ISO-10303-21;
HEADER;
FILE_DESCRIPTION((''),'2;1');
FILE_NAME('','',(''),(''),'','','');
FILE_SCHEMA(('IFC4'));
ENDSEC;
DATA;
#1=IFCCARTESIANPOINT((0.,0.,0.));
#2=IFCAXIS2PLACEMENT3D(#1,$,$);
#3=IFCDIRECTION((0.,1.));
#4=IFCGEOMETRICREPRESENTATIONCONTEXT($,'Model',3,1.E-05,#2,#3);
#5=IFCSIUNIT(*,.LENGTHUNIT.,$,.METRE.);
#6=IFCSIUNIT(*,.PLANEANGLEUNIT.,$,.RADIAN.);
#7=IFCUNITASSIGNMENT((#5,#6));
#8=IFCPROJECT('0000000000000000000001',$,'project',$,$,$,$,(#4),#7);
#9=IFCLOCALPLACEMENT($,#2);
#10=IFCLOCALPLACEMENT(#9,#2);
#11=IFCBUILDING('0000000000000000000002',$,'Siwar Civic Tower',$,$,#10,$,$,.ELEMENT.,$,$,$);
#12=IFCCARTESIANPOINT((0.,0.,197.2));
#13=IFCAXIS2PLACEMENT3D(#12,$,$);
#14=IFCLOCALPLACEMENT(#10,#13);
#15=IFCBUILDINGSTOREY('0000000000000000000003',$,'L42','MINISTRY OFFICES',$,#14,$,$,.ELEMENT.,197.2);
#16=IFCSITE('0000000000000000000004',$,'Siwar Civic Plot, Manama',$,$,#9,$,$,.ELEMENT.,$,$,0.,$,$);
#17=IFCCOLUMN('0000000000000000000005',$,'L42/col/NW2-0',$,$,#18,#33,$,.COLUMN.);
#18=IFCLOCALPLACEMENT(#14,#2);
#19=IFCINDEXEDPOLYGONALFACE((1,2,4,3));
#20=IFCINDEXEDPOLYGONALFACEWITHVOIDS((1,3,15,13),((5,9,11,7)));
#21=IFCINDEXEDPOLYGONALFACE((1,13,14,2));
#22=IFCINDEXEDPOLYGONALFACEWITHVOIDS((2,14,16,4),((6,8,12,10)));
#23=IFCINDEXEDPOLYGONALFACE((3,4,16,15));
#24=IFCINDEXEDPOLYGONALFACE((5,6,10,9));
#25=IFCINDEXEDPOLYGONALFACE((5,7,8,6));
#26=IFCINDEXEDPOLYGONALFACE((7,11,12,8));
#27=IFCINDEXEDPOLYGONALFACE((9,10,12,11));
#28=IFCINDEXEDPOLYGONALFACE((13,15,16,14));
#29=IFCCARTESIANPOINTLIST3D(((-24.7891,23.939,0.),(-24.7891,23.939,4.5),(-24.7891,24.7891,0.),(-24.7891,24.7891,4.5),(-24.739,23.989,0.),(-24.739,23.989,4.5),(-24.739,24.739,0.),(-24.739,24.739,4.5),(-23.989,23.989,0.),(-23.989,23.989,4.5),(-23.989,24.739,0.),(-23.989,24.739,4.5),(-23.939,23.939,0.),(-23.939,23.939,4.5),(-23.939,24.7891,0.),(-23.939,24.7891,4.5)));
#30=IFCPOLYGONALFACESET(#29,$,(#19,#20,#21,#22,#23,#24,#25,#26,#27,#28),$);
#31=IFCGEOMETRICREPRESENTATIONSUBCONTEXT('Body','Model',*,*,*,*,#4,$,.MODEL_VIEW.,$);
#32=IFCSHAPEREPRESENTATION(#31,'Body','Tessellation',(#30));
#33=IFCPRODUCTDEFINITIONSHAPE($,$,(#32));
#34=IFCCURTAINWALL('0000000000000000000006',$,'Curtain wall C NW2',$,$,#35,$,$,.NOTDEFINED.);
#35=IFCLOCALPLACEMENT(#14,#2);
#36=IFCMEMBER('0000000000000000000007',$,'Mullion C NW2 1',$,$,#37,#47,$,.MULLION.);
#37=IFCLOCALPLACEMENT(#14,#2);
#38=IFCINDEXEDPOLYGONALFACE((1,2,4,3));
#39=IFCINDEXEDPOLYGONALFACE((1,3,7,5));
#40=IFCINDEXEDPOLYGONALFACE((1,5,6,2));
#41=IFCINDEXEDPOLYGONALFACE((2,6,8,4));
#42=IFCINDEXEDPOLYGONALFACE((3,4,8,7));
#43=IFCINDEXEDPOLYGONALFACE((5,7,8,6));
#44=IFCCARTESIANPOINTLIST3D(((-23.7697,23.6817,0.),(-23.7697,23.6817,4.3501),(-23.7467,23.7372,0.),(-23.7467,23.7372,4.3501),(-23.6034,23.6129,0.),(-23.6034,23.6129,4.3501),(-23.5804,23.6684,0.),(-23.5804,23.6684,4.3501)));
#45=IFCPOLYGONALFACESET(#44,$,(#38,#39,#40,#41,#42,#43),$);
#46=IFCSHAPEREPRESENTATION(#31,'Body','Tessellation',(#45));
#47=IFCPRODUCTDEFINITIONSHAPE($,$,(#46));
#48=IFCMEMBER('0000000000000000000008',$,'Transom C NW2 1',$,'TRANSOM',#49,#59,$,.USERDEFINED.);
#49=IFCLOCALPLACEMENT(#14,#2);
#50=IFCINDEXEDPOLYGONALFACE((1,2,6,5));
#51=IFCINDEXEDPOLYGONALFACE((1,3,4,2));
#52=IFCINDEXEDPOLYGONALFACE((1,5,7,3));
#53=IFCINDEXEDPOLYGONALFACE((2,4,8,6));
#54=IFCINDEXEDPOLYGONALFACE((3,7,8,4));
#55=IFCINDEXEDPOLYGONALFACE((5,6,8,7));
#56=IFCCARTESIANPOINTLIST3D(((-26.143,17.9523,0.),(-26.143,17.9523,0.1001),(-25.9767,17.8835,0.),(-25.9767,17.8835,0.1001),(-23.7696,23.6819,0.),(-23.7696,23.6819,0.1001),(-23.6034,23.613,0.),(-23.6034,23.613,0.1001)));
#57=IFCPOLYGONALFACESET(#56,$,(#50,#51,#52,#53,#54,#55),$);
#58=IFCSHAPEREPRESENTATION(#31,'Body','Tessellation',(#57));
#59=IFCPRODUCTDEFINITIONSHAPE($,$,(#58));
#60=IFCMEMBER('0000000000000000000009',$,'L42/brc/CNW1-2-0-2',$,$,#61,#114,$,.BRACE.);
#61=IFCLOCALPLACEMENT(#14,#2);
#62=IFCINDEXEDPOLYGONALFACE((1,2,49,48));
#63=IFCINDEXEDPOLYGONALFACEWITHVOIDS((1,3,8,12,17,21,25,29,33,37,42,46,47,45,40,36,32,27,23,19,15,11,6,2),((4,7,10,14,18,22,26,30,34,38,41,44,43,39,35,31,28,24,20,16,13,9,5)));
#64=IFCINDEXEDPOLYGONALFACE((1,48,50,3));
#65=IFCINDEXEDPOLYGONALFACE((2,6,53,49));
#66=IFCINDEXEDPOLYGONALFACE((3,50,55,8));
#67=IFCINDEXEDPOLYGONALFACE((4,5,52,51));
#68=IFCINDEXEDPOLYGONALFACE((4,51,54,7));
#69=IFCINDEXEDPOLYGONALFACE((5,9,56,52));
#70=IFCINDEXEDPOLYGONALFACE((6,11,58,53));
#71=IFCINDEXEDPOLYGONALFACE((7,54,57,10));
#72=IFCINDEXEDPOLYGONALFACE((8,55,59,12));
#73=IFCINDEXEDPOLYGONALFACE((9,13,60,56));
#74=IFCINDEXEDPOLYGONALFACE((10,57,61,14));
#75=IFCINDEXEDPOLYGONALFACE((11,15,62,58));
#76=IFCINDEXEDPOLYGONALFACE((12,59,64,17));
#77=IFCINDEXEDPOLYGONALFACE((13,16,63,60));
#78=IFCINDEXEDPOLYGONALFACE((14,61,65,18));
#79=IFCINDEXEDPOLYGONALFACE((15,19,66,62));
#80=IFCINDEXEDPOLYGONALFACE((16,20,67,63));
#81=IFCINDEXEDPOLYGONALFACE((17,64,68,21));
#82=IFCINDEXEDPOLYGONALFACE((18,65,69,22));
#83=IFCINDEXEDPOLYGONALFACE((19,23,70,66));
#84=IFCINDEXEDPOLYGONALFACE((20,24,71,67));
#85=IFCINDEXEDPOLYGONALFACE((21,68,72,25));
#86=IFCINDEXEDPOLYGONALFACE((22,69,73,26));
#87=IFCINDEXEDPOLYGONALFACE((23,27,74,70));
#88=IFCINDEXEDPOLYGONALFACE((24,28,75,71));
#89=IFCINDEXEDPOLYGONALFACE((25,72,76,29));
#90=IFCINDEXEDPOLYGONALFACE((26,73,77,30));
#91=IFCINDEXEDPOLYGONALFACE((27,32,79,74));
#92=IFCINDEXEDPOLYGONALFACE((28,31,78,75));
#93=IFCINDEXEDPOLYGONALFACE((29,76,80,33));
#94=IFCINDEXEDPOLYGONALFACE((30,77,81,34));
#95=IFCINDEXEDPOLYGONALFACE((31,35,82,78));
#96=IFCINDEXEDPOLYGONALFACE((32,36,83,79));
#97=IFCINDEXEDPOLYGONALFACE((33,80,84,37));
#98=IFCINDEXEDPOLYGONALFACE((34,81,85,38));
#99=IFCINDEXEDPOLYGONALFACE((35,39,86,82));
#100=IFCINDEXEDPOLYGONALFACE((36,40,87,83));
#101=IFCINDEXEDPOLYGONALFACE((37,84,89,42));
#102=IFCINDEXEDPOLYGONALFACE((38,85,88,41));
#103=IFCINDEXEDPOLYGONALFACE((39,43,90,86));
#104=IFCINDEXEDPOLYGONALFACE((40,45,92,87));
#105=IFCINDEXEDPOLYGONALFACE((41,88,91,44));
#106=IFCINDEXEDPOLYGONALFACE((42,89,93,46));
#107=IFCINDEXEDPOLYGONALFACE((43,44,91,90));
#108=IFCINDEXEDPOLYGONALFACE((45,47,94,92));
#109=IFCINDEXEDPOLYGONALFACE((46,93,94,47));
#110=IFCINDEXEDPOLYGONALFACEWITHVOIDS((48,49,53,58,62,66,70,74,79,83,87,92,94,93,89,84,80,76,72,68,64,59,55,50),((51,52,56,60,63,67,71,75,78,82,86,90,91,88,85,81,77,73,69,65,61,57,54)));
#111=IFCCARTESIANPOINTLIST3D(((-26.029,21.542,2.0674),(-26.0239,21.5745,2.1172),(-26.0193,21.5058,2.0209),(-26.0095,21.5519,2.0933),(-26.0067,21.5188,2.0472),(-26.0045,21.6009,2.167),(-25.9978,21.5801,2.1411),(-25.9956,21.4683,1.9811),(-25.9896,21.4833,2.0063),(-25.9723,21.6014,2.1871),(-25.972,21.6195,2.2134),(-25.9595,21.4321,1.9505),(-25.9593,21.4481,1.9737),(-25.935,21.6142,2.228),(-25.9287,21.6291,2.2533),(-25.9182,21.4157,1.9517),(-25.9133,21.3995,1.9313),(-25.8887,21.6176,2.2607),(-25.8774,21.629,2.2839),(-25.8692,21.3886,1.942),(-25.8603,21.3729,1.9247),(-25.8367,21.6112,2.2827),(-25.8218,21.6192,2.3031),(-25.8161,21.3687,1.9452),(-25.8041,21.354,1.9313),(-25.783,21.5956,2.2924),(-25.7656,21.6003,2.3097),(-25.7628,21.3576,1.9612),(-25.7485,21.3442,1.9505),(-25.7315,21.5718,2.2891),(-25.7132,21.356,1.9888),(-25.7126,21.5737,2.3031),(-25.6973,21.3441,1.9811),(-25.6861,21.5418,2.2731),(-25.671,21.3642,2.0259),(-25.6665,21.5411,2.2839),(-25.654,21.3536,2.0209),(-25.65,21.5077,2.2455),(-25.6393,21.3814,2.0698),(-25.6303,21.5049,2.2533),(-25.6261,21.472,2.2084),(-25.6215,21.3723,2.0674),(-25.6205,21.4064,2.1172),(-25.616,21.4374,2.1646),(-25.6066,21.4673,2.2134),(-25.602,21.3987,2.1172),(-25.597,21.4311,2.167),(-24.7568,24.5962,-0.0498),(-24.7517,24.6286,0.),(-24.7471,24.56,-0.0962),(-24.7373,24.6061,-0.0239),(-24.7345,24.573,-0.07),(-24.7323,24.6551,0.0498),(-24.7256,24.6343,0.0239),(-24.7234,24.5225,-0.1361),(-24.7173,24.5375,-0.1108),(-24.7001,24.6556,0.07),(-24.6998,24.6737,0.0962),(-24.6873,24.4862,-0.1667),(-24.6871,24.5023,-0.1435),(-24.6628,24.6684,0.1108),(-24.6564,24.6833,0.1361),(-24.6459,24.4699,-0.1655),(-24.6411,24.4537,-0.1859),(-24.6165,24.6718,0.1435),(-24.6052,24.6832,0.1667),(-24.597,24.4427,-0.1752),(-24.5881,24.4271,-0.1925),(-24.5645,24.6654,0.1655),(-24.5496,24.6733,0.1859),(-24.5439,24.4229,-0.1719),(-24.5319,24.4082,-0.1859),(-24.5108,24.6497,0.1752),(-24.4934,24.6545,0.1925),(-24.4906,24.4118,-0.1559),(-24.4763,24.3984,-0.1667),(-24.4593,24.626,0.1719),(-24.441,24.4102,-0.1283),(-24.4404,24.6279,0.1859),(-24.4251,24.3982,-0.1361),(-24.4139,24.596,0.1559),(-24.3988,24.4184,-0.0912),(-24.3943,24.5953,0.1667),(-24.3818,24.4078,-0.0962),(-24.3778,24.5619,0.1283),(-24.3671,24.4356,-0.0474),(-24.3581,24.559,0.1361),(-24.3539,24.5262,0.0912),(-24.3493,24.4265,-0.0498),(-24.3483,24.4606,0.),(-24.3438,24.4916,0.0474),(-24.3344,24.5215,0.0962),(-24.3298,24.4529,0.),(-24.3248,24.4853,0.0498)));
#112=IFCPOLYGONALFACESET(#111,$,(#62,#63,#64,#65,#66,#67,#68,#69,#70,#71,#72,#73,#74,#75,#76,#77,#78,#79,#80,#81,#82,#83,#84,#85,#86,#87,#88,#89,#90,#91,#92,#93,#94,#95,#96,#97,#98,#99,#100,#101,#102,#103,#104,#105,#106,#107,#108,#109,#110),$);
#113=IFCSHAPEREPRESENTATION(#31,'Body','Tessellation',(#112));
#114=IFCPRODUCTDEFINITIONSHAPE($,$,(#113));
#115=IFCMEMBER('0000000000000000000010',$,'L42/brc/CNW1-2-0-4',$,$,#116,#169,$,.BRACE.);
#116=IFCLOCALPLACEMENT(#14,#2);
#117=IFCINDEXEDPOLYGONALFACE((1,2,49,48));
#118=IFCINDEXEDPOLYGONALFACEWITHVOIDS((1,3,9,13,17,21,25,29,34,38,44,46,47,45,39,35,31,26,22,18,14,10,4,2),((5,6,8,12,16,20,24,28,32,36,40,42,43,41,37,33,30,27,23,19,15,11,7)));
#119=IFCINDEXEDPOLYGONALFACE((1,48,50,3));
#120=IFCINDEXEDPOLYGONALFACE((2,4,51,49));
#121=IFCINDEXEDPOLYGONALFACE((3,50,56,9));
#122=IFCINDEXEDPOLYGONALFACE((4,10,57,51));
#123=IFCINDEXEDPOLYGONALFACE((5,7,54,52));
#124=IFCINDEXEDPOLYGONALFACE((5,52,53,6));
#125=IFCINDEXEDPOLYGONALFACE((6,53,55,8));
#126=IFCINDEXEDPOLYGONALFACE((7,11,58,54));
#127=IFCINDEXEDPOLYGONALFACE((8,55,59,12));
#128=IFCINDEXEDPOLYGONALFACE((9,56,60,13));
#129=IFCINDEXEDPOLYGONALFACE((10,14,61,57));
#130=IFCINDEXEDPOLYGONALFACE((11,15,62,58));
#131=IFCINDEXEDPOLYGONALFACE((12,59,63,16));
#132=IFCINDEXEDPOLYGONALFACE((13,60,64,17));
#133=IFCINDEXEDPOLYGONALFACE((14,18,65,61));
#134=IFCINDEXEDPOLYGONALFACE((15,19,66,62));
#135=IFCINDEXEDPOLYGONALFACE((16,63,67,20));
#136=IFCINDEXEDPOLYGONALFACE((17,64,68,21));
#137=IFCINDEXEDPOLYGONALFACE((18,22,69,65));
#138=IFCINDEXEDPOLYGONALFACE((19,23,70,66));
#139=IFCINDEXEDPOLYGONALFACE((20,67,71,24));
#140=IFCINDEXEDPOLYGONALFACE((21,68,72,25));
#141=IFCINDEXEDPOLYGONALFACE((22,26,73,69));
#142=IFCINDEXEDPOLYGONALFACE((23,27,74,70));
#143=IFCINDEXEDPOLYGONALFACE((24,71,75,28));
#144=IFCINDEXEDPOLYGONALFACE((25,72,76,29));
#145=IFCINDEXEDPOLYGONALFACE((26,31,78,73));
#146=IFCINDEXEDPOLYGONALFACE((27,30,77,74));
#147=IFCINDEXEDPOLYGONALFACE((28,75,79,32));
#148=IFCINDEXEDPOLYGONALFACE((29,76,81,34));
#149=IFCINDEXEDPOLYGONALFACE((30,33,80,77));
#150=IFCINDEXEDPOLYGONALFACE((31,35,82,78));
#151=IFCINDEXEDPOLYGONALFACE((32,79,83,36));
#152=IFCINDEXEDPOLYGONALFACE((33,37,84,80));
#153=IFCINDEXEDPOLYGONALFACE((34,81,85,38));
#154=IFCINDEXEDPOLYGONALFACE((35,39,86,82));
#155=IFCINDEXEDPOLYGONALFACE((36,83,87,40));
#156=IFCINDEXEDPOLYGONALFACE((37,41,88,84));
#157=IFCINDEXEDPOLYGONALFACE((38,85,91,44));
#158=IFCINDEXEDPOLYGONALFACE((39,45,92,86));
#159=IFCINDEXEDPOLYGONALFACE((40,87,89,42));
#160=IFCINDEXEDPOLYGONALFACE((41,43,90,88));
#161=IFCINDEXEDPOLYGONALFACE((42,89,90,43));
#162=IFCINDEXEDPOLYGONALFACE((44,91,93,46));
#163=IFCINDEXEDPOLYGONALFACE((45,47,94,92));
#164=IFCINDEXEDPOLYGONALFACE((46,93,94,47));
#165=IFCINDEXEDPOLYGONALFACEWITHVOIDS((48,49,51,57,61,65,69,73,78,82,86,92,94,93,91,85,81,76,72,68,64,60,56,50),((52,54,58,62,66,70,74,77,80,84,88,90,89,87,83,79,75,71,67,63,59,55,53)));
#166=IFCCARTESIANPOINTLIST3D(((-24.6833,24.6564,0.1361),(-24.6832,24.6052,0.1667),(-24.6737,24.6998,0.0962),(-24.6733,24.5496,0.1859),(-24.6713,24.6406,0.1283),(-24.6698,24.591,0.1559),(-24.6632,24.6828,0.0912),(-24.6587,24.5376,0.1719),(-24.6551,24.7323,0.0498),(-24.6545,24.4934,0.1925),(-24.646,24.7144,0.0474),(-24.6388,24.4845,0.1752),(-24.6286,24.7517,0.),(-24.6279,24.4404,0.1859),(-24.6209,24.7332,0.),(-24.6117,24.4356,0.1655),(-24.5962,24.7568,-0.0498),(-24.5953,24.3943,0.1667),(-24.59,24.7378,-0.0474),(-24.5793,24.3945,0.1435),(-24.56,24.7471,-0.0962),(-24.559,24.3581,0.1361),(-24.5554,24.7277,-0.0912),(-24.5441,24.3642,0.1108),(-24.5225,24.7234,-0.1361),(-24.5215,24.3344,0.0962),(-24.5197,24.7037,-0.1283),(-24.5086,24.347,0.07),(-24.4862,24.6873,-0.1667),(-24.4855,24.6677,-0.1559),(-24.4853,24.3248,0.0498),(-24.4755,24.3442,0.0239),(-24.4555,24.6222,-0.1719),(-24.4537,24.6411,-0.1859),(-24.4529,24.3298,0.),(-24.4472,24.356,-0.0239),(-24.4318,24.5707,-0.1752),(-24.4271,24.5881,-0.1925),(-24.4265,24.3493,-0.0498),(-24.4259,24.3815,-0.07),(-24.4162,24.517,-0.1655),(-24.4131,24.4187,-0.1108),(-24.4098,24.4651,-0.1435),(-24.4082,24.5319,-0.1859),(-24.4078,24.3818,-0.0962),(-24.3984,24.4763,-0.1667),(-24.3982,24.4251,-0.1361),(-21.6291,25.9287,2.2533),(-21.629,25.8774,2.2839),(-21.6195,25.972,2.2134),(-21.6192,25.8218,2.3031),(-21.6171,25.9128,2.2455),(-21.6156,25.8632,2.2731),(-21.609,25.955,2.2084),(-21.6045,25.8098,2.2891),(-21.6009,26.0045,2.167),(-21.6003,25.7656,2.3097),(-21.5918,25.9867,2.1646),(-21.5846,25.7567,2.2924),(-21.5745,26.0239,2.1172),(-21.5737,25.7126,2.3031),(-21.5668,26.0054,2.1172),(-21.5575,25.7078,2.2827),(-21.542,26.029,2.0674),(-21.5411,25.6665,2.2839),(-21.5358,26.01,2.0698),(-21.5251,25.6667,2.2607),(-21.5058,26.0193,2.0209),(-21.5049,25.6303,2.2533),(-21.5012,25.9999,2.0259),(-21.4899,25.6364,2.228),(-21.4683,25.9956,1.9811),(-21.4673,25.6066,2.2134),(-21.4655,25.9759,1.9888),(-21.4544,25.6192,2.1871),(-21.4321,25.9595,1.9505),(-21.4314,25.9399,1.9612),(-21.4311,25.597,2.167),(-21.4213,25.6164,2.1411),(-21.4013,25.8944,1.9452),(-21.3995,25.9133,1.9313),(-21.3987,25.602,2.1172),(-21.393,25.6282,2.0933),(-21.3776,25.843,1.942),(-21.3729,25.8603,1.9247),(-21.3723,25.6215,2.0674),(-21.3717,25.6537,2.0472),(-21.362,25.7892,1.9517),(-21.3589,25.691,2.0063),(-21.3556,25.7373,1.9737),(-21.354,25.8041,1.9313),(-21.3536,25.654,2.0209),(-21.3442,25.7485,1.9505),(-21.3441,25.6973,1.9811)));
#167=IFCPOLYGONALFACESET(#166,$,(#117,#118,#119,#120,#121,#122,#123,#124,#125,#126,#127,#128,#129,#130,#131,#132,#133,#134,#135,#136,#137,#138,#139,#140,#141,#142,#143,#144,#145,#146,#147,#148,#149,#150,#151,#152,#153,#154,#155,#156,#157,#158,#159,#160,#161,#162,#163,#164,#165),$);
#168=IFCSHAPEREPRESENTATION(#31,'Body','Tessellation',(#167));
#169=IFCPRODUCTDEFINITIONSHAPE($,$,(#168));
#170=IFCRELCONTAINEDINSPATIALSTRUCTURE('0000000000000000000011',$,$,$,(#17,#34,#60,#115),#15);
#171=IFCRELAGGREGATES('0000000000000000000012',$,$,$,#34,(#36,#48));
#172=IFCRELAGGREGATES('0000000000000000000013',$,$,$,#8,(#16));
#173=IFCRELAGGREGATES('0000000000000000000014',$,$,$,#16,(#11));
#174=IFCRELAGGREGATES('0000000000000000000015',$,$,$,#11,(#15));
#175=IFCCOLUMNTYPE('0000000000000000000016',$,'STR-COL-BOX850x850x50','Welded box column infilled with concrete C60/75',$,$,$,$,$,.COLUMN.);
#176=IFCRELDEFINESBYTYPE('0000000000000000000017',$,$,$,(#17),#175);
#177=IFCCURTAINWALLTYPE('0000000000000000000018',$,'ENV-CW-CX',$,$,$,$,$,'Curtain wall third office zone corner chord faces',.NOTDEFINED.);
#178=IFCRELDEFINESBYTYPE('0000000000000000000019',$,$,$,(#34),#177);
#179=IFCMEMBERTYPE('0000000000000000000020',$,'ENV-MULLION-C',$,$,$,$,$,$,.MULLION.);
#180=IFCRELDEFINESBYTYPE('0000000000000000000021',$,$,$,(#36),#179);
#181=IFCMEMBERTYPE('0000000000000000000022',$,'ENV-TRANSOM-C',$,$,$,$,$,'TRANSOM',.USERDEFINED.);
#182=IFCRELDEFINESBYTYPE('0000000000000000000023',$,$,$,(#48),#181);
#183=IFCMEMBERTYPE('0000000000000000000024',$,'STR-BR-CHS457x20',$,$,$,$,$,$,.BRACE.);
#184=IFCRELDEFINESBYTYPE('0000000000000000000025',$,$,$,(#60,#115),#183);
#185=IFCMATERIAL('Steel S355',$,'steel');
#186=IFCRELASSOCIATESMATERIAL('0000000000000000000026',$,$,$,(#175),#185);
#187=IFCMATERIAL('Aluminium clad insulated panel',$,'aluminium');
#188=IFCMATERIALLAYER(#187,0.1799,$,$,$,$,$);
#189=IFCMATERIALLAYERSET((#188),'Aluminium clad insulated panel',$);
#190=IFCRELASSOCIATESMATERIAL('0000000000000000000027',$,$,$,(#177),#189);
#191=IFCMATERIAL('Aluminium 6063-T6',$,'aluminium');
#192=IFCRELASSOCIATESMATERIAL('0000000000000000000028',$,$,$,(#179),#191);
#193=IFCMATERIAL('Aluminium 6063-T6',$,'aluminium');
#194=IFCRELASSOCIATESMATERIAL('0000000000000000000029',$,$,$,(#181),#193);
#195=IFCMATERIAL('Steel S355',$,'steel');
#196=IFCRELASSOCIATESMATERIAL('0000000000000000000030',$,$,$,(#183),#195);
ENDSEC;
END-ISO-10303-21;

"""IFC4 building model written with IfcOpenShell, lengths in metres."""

from ifc_helpers import new_model, si_unit, direction, frame, origin, origin_2d, place, context, subcontext, project, spatial, rectangle, hollow_rectangle, hollow_circle, extrude, material, layer, layer_set, material_profile, profile_set, type_object, element, aggregate, save


model = new_model("IFC4")

# Units and contexts
model_context = context("Model", 3, precision=1e-05, world=origin(), true_north=direction((0.0, 1.0)))
body_context = subcontext(model_context, "Body", "Model", "MODEL_VIEW")
ifc_project = project(units=[si_unit("LENGTHUNIT", "METRE"), si_unit("PLANEANGLEUNIT", "RADIAN")], contexts=[model_context])

# Site, building, storey
site_placement = place(None, origin())
site = spatial("IfcSite", under=ifc_project, at=site_placement, Name="Siwar Civic Plot, Manama", CompositionType="ELEMENT", RefElevation=0.0)
building_placement = place(site_placement, origin())
building = spatial("IfcBuilding", under=site, at=building_placement, Name="Siwar Civic Tower", CompositionType="ELEMENT")
storey_placement = place(building_placement, frame((0.0, 0.0, 197.2)))
storey = spatial("IfcBuildingStorey", under=building, at=storey_placement, Name="L42", Description="MINISTRY OFFICES", CompositionType="ELEMENT", Elevation=197.2)

# Column
ifc_material_1 = material(Name="Steel S355", Category="steel")
ifc_material_profile_1 = material_profile(ifc_material_1, hollow_rectangle(XDim=0.8501, YDim=0.8501, WallThickness=0.05, at=origin_2d()), Name="BOX850x850x50")
ifc_profile_set_1 = profile_set([ifc_material_profile_1], Name="Steel S355")
column_type = type_object("IfcColumnType", Name="STR-COL-BOX850x850x50", Description="Welded box column infilled with concrete C60/75", PredefinedType="COLUMN", material=ifc_profile_set_1)
column_placement = place(storey_placement, frame((-24.364, 24.364, 0.0), z_axis=(0.0, 0.0, 1.0), x_axis=(1.0, 0.0, 0.0)))
element("IfcColumn", 1, at=column_placement, inside=storey, type_object=column_type, Name="L42/col/NW2-0", PredefinedType="COLUMN", context=body_context, shape_type="SweptSolid", body=[
    extrude(hollow_rectangle(XDim=0.8501, YDim=0.8501, WallThickness=0.05, at=origin_2d()), origin(), (0.0, 0.0, 1.0), 4.5),
])

# Curtain wall, members
ifc_material_2 = material(Name="Aluminium clad insulated panel", Category="aluminium")
ifc_layer_1 = layer(ifc_material_2, 0.1799)
ifc_layer_set_1 = layer_set([ifc_layer_1], Name="Aluminium clad insulated panel")
curtain_wall_type = type_object("IfcCurtainWallType", Name="ENV-CW-CX", ElementType="Curtain wall third office zone corner chord faces", PredefinedType="NOTDEFINED", material=ifc_layer_set_1)
curtain_wall_1_placement = place(storey_placement, origin())
curtain_wall_1 = element("IfcCurtainWall", 2, at=curtain_wall_1_placement, inside=storey, type_object=curtain_wall_type, Name="Curtain wall C NW2", PredefinedType="NOTDEFINED")
ifc_material_3 = material(Name="Aluminium 6063-T6", Category="aluminium")
ifc_material_profile_2 = material_profile(ifc_material_3, rectangle(XDim=0.1799, YDim=0.0601, at=origin_2d()), Name="AL 180x60")
ifc_profile_set_2 = profile_set([ifc_material_profile_2], Name="Aluminium 6063-T6")
member_type_1 = type_object("IfcMemberType", Name="ENV-MULLION-C", PredefinedType="MULLION", material=ifc_profile_set_2)
member_1_placement = place(storey_placement, frame((-23.675, 23.675, 0.0), z_axis=(0.0, 0.0, 1.0), x_axis=(0.92388, -0.382683, 0.0)))
member_1 = element("IfcMember", 3, at=member_1_placement, type_object=member_type_1, Name="Mullion C NW2 1", PredefinedType="MULLION", context=body_context, shape_type="SweptSolid", body=[
    extrude(rectangle(XDim=0.1799, YDim=0.0601, at=origin_2d()), origin(), (0.0, 0.0, 1.0), 4.3501),
])
ifc_material_4 = material(Name="Aluminium 6063-T6", Category="aluminium")
ifc_material_profile_3 = material_profile(ifc_material_4, rectangle(XDim=0.1799, YDim=0.1001, at=origin_2d()), Name="AL 180x100")
ifc_profile_set_3 = profile_set([ifc_material_profile_3], Name="Aluminium 6063-T6")
member_type_2 = type_object("IfcMemberType", Name="ENV-TRANSOM-C", ElementType="TRANSOM", PredefinedType="USERDEFINED", material=ifc_profile_set_3)
member_2_placement = place(storey_placement, frame((-23.6865, 23.6475, 0.05), z_axis=(-0.382691, -0.923876, 0.0), x_axis=(0.923876, -0.382691, 0.0)))
member_2 = element("IfcMember", 4, at=member_2_placement, type_object=member_type_2, Name="Transom C NW2 1", ObjectType="TRANSOM", PredefinedType="USERDEFINED", context=body_context, shape_type="SweptSolid", body=[
    extrude(rectangle(XDim=0.1799, YDim=0.1001, at=origin_2d()), origin(), (0.0, 0.0, 1.0), 6.2017),
])
aggregate(curtain_wall_1, [member_1, member_2])

# Members
ifc_material_5 = material(Name="Steel S355", Category="steel")
ifc_material_profile_4 = material_profile(ifc_material_5, hollow_circle(Radius=0.2285, WallThickness=0.02, at=origin_2d()), Name="CHS457x20")
ifc_profile_set_4 = profile_set([ifc_material_profile_4], Name="Steel S355")
member_type_3 = type_object("IfcMemberType", Name="STR-BR-CHS457x20", PredefinedType="BRACE", material=ifc_profile_set_4)
for number, where, z_axis, x_axis, name in (
    (5, (-24.5408, 24.5408, 0.0), (-0.323884, -0.777546, 0.538999), (0.923116, -0.384521, 0.0), "L42/brc/CNW1-2-0-2"),
    (6, (-24.5408, 24.5408, 0.0), (0.777546, 0.323884, 0.538999), (-0.384521, 0.923116, 0.0), "L42/brc/CNW1-2-0-4"),
):
    element("IfcMember", number, at=place(storey_placement, frame(where, z_axis=z_axis, x_axis=x_axis)), inside=storey, type_object=member_type_3, Name=name, PredefinedType="BRACE", context=body_context, shape_type="SweptSolid", body=[
        extrude(hollow_circle(Radius=0.2285, WallThickness=0.02, at=origin_2d()), origin(), (0.0, 0.0, 1.0), 3.928),
    ])

save(model, "model.ifc")
